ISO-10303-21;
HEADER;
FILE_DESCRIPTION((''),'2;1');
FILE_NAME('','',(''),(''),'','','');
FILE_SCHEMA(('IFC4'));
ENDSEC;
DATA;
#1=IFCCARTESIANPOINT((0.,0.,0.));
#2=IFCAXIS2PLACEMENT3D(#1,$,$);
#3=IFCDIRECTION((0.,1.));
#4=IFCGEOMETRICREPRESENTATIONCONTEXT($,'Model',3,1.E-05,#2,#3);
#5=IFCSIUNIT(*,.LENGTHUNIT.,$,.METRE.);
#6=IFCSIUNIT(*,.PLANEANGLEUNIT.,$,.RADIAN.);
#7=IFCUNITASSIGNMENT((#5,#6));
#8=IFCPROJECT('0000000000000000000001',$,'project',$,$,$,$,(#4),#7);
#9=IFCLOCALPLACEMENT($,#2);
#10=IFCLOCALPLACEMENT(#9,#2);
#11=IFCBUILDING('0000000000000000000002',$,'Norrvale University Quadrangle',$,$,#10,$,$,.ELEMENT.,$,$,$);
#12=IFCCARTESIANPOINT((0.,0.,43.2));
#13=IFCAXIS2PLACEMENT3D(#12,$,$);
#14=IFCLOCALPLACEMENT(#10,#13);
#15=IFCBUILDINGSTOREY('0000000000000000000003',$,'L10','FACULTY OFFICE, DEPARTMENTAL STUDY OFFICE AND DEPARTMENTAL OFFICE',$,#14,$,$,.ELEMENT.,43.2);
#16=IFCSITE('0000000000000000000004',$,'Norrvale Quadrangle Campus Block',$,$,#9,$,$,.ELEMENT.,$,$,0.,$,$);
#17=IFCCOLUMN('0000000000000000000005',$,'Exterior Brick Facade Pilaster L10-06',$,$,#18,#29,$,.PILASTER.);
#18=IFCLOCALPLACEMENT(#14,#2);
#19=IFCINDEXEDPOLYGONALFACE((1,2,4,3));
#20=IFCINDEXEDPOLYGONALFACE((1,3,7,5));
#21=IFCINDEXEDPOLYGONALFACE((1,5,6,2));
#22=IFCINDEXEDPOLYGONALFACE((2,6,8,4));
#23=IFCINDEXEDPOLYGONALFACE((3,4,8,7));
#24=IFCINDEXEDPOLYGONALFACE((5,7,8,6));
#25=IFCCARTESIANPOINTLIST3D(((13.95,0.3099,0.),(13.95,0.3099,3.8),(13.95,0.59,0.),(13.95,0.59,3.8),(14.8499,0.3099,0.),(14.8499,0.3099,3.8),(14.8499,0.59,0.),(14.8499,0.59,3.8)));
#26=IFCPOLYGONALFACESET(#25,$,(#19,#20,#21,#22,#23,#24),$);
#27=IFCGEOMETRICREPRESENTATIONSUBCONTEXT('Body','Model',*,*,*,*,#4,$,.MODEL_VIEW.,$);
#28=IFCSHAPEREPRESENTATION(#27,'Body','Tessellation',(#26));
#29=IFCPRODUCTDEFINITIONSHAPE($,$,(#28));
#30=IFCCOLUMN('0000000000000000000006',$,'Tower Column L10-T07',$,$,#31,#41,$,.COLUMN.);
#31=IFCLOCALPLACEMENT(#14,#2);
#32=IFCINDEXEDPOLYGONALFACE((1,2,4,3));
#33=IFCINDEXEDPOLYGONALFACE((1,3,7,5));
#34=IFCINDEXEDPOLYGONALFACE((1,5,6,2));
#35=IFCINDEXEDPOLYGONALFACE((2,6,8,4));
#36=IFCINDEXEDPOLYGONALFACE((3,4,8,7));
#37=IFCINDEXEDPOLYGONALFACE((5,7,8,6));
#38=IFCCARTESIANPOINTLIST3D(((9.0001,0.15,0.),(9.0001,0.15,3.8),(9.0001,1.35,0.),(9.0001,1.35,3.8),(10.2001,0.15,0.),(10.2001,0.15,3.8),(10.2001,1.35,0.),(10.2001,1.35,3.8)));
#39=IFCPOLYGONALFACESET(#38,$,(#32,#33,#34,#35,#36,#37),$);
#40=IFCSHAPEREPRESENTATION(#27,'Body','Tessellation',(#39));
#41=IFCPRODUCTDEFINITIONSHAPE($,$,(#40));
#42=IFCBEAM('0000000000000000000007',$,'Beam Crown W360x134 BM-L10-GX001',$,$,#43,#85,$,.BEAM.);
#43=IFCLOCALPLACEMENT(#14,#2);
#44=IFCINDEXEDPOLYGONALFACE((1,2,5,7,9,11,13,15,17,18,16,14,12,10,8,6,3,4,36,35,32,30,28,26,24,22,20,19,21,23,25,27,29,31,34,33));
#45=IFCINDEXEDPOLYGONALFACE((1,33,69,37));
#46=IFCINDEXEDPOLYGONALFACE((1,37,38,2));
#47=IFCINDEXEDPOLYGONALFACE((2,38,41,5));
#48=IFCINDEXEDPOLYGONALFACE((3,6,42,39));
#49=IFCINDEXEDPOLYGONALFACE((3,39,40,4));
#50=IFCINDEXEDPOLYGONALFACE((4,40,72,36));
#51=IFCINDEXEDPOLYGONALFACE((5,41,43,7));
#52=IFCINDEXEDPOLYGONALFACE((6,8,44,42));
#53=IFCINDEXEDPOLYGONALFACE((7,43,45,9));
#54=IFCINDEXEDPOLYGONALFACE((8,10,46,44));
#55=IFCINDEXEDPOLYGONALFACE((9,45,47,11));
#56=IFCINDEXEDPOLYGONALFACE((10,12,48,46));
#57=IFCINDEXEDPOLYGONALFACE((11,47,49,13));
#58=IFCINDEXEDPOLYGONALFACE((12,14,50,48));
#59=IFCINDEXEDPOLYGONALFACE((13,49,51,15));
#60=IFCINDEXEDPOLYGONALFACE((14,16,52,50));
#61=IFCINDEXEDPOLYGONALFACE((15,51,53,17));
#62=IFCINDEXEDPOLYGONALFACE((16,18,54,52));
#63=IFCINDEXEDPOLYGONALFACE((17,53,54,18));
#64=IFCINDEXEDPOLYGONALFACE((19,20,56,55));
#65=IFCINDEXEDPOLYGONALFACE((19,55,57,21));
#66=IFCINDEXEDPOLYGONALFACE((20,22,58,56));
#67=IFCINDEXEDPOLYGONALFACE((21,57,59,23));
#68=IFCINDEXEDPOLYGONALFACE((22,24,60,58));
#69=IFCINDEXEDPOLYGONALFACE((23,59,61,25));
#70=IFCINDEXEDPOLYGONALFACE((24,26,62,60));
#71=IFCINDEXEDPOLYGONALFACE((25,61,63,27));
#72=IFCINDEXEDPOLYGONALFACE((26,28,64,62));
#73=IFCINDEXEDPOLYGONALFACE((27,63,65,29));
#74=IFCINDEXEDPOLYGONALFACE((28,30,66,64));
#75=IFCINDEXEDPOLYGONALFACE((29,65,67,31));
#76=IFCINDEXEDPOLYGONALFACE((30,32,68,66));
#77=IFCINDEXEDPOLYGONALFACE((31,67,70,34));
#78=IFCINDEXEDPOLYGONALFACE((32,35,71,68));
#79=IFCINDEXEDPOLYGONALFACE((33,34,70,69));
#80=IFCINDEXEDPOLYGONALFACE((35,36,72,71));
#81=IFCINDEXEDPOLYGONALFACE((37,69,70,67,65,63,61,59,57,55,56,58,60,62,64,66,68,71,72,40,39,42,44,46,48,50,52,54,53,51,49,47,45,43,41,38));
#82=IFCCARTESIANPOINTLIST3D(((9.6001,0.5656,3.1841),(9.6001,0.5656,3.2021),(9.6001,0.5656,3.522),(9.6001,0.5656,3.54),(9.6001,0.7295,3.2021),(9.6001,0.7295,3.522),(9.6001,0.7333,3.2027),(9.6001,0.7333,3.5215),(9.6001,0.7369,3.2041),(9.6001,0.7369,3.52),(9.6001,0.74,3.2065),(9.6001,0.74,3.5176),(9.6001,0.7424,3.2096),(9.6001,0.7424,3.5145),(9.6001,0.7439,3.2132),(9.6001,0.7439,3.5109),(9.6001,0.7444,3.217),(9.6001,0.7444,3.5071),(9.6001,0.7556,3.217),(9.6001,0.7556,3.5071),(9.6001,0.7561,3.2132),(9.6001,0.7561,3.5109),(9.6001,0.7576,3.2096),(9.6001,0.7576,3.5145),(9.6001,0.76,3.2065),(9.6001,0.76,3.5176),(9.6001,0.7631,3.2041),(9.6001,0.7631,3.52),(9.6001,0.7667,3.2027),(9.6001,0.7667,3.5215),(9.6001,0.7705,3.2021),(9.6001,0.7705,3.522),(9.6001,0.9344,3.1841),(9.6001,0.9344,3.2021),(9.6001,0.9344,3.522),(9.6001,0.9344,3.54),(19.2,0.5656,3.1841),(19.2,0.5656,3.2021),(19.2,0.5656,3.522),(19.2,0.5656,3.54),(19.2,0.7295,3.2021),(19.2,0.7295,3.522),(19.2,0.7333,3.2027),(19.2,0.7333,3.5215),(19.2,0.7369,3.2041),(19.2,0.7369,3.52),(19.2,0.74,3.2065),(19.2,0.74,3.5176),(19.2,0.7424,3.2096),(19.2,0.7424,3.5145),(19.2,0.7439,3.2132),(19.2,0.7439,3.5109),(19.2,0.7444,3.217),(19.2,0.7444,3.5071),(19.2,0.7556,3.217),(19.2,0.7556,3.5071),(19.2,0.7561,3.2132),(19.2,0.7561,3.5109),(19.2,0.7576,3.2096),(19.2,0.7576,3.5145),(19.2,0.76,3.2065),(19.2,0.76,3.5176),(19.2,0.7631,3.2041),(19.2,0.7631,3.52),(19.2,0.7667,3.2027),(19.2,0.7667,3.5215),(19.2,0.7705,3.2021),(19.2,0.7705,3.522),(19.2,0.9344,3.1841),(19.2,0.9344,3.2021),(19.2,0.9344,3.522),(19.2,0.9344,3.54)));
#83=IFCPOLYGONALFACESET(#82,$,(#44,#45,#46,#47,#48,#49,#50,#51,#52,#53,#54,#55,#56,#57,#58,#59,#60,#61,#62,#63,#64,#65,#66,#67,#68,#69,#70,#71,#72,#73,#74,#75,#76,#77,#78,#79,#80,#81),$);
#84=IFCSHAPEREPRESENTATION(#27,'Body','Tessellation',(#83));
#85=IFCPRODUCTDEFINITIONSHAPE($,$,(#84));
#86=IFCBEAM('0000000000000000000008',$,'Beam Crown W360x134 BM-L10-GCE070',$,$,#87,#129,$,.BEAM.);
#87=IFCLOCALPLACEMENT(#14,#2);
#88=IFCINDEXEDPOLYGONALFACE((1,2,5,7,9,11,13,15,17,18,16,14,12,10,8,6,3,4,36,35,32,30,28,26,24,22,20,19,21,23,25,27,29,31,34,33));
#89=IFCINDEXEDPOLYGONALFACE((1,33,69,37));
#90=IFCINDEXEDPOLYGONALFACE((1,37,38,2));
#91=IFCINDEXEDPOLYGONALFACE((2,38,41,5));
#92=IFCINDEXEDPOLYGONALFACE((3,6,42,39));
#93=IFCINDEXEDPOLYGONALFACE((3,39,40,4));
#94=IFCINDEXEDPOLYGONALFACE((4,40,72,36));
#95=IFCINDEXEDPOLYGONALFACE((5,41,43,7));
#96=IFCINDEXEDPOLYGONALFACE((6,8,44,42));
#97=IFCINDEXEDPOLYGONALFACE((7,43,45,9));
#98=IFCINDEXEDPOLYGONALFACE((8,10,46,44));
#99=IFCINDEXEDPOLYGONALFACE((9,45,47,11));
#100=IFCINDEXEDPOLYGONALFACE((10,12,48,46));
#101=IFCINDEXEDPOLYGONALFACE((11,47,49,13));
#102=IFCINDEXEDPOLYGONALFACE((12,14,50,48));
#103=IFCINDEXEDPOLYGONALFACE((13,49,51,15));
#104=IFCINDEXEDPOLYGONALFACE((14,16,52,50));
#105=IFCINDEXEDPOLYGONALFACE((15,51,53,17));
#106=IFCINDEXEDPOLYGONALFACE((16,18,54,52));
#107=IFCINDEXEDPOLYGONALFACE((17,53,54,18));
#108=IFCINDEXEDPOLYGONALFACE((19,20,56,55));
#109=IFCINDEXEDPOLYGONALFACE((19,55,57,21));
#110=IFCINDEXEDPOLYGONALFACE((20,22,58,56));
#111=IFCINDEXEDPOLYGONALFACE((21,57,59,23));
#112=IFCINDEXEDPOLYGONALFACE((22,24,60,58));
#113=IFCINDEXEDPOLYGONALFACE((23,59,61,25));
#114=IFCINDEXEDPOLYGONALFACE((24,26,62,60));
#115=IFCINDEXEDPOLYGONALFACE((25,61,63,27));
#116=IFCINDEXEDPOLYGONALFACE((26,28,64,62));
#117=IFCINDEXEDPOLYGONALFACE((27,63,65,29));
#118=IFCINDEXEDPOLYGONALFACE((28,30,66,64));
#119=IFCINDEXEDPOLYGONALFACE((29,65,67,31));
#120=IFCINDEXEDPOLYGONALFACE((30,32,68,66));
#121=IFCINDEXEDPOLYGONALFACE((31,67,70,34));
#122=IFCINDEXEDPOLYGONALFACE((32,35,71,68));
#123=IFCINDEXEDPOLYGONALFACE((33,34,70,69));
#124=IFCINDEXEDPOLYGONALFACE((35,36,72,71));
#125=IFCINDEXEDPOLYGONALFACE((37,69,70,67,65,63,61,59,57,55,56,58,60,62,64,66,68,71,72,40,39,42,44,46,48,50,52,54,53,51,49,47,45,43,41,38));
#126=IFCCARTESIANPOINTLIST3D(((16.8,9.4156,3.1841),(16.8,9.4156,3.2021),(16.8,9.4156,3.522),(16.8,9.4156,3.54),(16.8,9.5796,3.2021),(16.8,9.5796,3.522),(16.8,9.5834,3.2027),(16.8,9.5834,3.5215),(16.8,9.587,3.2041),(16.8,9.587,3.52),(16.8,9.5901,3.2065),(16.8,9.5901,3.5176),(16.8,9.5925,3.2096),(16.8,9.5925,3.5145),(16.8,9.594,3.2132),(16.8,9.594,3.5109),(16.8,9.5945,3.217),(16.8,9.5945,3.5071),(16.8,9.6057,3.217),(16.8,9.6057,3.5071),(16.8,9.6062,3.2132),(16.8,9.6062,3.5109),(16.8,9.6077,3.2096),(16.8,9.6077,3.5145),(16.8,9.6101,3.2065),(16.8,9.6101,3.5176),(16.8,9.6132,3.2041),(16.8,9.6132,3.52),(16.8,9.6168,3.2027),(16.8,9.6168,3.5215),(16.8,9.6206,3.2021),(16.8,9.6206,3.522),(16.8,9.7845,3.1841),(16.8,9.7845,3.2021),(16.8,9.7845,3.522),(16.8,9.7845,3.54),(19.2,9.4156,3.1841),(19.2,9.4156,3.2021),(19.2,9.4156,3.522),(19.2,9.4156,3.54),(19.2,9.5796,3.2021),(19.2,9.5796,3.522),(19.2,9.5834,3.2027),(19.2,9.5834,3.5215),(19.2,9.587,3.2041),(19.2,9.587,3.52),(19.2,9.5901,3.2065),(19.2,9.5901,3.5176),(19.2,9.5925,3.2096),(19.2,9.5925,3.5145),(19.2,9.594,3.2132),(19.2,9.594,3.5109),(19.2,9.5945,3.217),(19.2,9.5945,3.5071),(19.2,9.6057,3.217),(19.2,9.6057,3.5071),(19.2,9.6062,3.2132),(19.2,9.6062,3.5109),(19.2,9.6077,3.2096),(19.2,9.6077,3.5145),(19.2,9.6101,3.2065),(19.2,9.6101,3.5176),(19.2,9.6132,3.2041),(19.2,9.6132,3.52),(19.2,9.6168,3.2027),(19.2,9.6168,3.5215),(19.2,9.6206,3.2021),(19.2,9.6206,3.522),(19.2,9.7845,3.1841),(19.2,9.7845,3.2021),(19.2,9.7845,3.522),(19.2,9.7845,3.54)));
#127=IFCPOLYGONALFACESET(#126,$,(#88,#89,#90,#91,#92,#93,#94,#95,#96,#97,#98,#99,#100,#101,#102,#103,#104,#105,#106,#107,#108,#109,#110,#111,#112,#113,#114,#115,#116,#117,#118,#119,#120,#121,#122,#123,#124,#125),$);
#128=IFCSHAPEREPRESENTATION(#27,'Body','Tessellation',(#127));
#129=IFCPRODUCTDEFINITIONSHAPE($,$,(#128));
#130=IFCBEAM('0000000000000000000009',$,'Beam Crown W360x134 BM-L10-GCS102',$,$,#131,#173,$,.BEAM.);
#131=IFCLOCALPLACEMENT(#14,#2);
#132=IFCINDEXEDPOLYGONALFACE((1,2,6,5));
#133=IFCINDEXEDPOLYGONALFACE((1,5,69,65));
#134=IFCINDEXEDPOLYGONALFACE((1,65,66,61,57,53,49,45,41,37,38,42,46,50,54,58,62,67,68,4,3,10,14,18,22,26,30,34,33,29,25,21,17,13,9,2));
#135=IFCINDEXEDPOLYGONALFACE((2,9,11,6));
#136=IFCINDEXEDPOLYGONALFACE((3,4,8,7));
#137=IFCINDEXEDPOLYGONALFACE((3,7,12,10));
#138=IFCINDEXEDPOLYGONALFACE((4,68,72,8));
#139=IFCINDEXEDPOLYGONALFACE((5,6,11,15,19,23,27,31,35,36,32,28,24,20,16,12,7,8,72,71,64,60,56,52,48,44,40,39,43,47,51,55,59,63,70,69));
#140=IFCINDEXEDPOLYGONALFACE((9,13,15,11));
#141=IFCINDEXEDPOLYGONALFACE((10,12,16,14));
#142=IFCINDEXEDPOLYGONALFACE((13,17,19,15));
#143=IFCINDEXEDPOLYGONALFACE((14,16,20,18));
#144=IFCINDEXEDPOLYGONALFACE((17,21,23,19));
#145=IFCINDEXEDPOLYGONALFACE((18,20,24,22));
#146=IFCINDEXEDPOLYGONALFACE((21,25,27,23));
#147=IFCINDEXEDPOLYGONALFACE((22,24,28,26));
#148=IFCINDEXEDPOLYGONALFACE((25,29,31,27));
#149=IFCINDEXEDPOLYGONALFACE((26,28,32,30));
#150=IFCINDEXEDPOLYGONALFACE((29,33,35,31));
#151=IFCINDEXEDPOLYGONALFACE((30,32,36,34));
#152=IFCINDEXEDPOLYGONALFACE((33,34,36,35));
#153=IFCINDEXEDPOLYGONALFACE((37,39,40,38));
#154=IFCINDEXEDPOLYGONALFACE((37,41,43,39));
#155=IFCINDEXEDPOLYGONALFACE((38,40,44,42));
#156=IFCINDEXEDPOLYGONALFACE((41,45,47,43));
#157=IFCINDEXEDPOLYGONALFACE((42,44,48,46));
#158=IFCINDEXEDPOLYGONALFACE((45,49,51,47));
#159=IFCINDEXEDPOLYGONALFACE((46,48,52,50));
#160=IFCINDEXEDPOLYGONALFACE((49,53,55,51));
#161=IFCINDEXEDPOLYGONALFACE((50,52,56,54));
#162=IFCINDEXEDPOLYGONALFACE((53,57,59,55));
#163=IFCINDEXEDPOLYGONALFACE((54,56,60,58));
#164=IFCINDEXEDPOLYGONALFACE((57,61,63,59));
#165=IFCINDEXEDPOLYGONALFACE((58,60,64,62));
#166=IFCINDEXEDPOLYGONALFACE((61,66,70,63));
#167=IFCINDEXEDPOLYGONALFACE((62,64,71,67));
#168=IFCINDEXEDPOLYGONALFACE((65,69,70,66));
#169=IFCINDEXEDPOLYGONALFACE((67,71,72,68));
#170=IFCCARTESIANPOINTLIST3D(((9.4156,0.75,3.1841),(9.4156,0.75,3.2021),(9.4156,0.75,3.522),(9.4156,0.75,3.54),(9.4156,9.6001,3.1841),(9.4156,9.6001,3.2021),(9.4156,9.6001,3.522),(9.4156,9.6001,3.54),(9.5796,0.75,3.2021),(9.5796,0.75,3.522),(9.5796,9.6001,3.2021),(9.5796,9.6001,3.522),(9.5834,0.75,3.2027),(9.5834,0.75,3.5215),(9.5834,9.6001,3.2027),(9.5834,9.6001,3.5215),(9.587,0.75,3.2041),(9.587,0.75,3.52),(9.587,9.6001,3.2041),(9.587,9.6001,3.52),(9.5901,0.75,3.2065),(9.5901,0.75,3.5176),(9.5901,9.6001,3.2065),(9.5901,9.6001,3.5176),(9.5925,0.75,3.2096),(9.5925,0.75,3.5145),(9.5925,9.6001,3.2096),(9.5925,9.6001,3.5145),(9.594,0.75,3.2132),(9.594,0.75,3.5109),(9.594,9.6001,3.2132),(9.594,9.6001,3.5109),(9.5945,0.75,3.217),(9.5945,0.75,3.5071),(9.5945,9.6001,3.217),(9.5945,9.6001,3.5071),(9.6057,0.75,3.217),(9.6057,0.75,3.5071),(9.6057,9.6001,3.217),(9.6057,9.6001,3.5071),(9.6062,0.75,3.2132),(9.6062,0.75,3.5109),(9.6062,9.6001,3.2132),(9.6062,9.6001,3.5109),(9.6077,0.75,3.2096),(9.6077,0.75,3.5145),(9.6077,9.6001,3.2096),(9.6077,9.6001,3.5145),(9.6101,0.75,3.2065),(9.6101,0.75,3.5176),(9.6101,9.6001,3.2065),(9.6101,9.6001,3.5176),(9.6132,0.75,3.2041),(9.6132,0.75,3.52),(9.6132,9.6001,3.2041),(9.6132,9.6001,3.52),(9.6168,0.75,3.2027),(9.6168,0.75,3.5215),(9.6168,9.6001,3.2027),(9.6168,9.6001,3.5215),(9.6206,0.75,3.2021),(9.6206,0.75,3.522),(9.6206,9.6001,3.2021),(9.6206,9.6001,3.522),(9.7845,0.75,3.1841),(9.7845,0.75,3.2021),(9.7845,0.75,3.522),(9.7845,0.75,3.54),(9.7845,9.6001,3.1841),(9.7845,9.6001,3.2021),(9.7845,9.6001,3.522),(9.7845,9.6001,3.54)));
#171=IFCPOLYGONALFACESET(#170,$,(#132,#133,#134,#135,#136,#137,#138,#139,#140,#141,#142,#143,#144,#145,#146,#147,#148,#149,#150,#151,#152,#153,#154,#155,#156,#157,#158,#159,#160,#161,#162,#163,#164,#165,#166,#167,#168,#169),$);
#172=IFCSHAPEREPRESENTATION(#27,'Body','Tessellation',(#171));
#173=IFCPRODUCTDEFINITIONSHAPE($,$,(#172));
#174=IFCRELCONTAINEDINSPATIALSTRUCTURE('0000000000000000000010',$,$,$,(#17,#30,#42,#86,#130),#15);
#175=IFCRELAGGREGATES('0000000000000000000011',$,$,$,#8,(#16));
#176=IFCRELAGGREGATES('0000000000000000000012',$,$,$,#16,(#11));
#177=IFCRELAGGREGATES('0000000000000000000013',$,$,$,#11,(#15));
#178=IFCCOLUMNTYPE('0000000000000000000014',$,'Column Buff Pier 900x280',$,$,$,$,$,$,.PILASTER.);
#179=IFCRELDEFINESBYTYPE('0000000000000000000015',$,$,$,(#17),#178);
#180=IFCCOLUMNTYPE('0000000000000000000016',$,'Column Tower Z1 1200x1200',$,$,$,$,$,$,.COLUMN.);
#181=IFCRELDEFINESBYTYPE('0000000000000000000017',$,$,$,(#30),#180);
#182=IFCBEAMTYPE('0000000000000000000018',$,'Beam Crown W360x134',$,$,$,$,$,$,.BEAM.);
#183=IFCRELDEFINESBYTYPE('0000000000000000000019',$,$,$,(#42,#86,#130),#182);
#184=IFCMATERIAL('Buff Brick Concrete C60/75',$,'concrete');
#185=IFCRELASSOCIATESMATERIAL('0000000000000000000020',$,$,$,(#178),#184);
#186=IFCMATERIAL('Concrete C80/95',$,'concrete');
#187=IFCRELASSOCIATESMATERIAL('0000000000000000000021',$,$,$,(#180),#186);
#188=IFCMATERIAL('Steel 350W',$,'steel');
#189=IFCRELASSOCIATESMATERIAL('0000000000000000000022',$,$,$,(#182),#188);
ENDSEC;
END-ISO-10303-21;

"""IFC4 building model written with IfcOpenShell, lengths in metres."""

from ifc_helpers import new_model, si_unit, direction, frame, origin, origin_2d, place, context, subcontext, project, spatial, rectangle, i_section, extrude, material, material_profile, profile_set, type_object, element, save


model = new_model("IFC4")

# Units and contexts
model_context = context("Model", 3, precision=1e-05, world=origin(), true_north=direction((0.0, 1.0)))
body_context = subcontext(model_context, "Body", "Model", "MODEL_VIEW")
ifc_project = project(units=[si_unit("LENGTHUNIT", "METRE"), si_unit("PLANEANGLEUNIT", "RADIAN")], contexts=[model_context])

# Site, building, storey
site_placement = place(None, origin())
site = spatial("IfcSite", under=ifc_project, at=site_placement, Name="Norrvale Quadrangle Campus Block", CompositionType="ELEMENT", RefElevation=0.0)
building_placement = place(site_placement, origin())
building = spatial("IfcBuilding", under=site, at=building_placement, Name="Norrvale University Quadrangle", CompositionType="ELEMENT")
storey_placement = place(building_placement, frame((0.0, 0.0, 43.2)))
storey = spatial("IfcBuildingStorey", under=building, at=storey_placement, Name="L10", Description="FACULTY OFFICE, DEPARTMENTAL STUDY OFFICE AND DEPARTMENTAL OFFICE", CompositionType="ELEMENT", Elevation=43.2)

# Columns
ifc_material_1 = material(Name="Buff Brick Concrete C60/75", Category="concrete")
ifc_material_profile_1 = material_profile(ifc_material_1, rectangle(XDim=0.8999, YDim=0.28, at=origin_2d()), Name="Buff Brick Concrete C60/75")
ifc_profile_set_1 = profile_set([ifc_material_profile_1], Name="Buff Brick Concrete C60/75")
column_type_1 = type_object("IfcColumnType", Name="Column Buff Pier 900x280", PredefinedType="PILASTER", material=ifc_profile_set_1)
column_1_placement = place(storey_placement, frame((14.3999, 0.45, 0.0), z_axis=(0.0, 0.0, 1.0), x_axis=(1.0, 0.0, 0.0)))
element("IfcColumn", 1, at=column_1_placement, inside=storey, type_object=column_type_1, Name="Exterior Brick Facade Pilaster L10-06", PredefinedType="PILASTER", context=body_context, shape_type="SweptSolid", body=[
    extrude(rectangle(XDim=0.8999, YDim=0.28, at=origin_2d()), origin(), (0.0, 0.0, 1.0), 3.8),
])
ifc_material_2 = material(Name="Concrete C80/95", Category="concrete")
ifc_material_profile_2 = material_profile(ifc_material_2, rectangle(XDim=1.2, YDim=1.2, at=origin_2d()), Name="Concrete C80/95")
ifc_profile_set_2 = profile_set([ifc_material_profile_2], Name="Concrete C80/95")
column_type_2 = type_object("IfcColumnType", Name="Column Tower Z1 1200x1200", PredefinedType="COLUMN", material=ifc_profile_set_2)
column_2_placement = place(storey_placement, frame((9.6001, 0.75, 0.0), z_axis=(0.0, 0.0, 1.0), x_axis=(1.0, 0.0, 0.0)))
element("IfcColumn", 2, at=column_2_placement, inside=storey, type_object=column_type_2, Name="Tower Column L10-T07", PredefinedType="COLUMN", context=body_context, shape_type="SweptSolid", body=[
    extrude(rectangle(XDim=1.2, YDim=1.2, at=origin_2d()), origin(), (0.0, 0.0, 1.0), 3.8),
])

# Beams
ifc_material_3 = material(Name="Steel 350W", Category="steel")
ifc_material_profile_3 = material_profile(ifc_material_3, i_section(OverallWidth=0.3689, OverallDepth=0.356, WebThickness=0.0112, FlangeThickness=0.0181, FilletRadius=0.0149, at=origin_2d()), Name="Steel 350W")
ifc_profile_set_3 = profile_set([ifc_material_profile_3], Name="Steel 350W")
beam_type_1 = type_object("IfcBeamType", Name="Beam Crown W360x134", PredefinedType="BEAM", material=ifc_profile_set_3)
beam_1_placement = place(storey_placement, frame((9.6001, 0.75, 3.3621), z_axis=(1.0, 0.0, 0.0), x_axis=(0.0, 1.0, 0.0)))
element("IfcBeam", 3, at=beam_1_placement, inside=storey, type_object=beam_type_1, Name="Beam Crown W360x134 BM-L10-GX001", PredefinedType="BEAM", context=body_context, shape_type="SweptSolid", body=[
    extrude(i_section(OverallWidth=0.3689, OverallDepth=0.356, WebThickness=0.0112, FlangeThickness=0.0181, FilletRadius=0.0149, at=origin_2d()), origin(), (0.0, 0.0, 1.0), 9.5999),
])
beam_2_placement = place(storey_placement, frame((16.8, 9.6001, 3.3621), z_axis=(1.0, 0.0, 0.0), x_axis=(0.0, 1.0, 0.0)))
element("IfcBeam", 4, at=beam_2_placement, inside=storey, type_object=beam_type_1, Name="Beam Crown W360x134 BM-L10-GCE070", PredefinedType="BEAM", context=body_context, shape_type="SweptSolid", body=[
    extrude(i_section(OverallWidth=0.3689, OverallDepth=0.356, WebThickness=0.0112, FlangeThickness=0.0181, FilletRadius=0.0149, at=origin_2d()), origin(), (0.0, 0.0, 1.0), 2.3999),
])
beam_3_placement = place(storey_placement, frame((9.6001, 0.75, 3.3621), z_axis=(0.0, 1.0, 0.0), x_axis=(-1.0, 0.0, 0.0)))
element("IfcBeam", 5, at=beam_3_placement, inside=storey, type_object=beam_type_1, Name="Beam Crown W360x134 BM-L10-GCS102", PredefinedType="BEAM", context=body_context, shape_type="SweptSolid", body=[
    extrude(i_section(OverallWidth=0.3689, OverallDepth=0.356, WebThickness=0.0112, FlangeThickness=0.0181, FilletRadius=0.0149, at=origin_2d()), origin(), (0.0, 0.0, 1.0), 8.8501),
])

save(model, "model.ifc")
